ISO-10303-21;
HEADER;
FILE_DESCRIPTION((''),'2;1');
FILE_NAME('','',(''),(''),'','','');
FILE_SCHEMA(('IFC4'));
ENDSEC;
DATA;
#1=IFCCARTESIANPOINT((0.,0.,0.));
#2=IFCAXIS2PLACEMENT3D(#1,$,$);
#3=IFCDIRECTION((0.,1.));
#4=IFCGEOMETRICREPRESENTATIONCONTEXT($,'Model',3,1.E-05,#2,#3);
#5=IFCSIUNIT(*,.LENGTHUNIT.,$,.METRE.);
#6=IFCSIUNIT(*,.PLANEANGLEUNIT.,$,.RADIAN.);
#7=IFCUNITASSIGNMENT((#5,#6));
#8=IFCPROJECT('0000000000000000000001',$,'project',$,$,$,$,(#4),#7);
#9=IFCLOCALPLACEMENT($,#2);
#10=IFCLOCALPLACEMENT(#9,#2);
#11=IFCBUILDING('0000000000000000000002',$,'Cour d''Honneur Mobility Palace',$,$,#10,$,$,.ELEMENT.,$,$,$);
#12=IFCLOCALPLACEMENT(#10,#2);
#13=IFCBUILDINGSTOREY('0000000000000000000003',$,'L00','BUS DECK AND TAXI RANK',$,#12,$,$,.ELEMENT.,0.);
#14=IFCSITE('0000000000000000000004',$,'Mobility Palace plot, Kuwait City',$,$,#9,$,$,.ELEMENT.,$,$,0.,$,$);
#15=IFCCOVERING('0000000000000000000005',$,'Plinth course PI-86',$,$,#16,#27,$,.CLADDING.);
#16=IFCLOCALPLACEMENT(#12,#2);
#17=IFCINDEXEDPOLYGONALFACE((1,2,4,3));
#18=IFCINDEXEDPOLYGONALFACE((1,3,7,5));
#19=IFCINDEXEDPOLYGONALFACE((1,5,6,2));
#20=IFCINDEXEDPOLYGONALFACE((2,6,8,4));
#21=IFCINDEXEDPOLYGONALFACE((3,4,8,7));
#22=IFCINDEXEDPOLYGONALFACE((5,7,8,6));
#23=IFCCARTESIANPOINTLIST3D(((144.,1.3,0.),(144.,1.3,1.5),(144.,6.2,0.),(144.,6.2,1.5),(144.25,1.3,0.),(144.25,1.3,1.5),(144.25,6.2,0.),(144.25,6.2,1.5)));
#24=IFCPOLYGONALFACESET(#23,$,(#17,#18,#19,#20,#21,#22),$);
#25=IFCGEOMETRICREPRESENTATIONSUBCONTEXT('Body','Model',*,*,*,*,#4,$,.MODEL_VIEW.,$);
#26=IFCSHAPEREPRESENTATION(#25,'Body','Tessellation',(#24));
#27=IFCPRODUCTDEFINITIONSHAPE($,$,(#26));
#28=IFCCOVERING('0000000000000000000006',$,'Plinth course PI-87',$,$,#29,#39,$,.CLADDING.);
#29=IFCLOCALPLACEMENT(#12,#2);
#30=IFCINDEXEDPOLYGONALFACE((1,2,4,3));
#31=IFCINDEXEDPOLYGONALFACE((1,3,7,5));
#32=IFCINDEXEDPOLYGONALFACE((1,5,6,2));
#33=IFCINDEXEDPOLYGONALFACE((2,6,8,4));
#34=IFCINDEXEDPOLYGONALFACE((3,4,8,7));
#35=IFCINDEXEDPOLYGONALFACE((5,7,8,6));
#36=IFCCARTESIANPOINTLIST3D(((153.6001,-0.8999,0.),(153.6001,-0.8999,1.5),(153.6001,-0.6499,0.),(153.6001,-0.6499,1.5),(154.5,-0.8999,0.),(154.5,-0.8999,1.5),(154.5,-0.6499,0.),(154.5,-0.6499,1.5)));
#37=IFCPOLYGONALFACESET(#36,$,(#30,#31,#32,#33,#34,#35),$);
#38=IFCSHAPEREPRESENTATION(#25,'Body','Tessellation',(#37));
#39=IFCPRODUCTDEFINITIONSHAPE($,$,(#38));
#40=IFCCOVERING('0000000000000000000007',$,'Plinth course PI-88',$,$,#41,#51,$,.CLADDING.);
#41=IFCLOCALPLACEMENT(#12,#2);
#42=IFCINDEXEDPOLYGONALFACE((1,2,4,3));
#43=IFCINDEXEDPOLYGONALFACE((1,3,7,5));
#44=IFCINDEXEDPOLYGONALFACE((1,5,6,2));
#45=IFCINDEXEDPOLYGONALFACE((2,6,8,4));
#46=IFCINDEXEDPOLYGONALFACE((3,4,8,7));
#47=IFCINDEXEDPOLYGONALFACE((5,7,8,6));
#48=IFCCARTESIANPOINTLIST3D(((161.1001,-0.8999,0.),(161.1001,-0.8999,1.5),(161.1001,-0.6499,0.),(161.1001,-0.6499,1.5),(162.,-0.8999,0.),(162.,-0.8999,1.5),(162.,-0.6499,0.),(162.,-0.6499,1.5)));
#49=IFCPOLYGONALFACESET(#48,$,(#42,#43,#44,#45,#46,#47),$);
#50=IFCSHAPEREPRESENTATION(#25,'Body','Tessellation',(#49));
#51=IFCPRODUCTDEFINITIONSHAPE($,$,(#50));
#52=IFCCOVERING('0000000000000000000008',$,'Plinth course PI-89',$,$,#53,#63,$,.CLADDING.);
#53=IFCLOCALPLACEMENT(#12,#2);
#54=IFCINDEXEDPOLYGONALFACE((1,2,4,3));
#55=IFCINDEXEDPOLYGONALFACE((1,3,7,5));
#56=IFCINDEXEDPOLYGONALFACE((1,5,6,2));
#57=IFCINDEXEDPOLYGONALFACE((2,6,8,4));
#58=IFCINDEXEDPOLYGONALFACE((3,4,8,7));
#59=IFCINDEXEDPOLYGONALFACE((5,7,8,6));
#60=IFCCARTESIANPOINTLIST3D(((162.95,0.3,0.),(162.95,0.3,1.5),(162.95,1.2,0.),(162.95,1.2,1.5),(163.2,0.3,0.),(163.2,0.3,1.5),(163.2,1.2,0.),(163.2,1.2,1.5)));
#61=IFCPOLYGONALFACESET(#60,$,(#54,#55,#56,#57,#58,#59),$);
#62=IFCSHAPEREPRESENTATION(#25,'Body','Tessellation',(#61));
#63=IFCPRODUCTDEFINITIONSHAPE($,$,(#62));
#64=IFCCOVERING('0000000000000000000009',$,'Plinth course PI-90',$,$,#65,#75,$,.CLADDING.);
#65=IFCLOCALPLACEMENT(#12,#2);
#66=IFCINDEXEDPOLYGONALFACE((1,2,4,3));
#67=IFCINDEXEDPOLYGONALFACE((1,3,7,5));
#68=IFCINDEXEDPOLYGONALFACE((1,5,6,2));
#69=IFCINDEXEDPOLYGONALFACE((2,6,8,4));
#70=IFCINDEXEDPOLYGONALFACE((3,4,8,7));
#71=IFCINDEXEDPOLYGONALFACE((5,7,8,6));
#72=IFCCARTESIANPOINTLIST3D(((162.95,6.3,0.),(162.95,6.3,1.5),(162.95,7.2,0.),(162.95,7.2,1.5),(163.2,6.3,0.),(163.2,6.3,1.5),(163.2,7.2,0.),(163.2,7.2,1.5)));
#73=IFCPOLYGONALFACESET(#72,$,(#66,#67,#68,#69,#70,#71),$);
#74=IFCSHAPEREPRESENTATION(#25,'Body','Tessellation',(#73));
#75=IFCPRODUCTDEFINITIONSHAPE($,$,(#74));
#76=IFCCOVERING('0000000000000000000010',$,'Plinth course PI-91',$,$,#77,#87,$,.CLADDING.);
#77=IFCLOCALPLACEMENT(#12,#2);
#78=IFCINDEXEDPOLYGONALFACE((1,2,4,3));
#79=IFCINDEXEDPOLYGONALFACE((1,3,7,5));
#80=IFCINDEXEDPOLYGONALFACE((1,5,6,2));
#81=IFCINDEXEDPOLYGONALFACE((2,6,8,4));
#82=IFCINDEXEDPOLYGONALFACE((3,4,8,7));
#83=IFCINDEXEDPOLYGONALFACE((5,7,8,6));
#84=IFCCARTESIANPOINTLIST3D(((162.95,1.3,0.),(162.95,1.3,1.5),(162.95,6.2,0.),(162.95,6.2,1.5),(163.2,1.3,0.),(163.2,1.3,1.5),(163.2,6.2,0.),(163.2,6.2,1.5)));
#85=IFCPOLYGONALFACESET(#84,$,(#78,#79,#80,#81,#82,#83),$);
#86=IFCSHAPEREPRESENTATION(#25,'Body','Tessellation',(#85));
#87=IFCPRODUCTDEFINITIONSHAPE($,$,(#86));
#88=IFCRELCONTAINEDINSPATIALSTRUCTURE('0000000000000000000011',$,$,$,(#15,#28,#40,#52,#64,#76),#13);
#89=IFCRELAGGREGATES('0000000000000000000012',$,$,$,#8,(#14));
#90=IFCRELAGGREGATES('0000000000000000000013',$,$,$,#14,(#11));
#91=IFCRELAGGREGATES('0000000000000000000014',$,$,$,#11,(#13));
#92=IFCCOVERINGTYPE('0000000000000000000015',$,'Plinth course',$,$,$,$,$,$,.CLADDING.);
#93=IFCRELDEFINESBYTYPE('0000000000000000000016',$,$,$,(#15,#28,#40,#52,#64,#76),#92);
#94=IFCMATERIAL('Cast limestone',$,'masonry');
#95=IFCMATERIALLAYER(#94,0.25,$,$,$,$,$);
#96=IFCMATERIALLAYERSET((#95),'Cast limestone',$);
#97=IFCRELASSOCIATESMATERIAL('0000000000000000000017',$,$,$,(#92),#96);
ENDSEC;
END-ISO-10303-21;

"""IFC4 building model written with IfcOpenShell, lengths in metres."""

from ifc_helpers import new_model, si_unit, direction, origin, place, context, subcontext, project, spatial, polyline, outline, extrude, material, layer, layer_set, type_object, element, save


model = new_model("IFC4")

# Units and contexts
model_context = context("Model", 3, precision=1e-05, world=origin(), true_north=direction((0.0, 1.0)))
body_context = subcontext(model_context, "Body", "Model", "MODEL_VIEW")
ifc_project = project(units=[si_unit("LENGTHUNIT", "METRE"), si_unit("PLANEANGLEUNIT", "RADIAN")], contexts=[model_context])

# Site, building, storey
site_placement = place(None, origin())
site = spatial("IfcSite", under=ifc_project, at=site_placement, Name="Mobility Palace plot, Kuwait City", CompositionType="ELEMENT", RefElevation=0.0)
building_placement = place(site_placement, origin())
building = spatial("IfcBuilding", under=site, at=building_placement, Name="Cour d'Honneur Mobility Palace", CompositionType="ELEMENT")
storey_placement = place(building_placement, origin())
storey = spatial("IfcBuildingStorey", under=building, at=storey_placement, Name="L00", Description="BUS DECK AND TAXI RANK", CompositionType="ELEMENT", Elevation=0.0)

# Coverings
ifc_material = material(Name="Cast limestone", Category="masonry")
ifc_layer = layer(ifc_material, 0.25)
ifc_layer_set = layer_set([ifc_layer], Name="Cast limestone")
covering_type = type_object("IfcCoveringType", Name="Plinth course", PredefinedType="CLADDING", material=ifc_layer_set)
covering_1_placement = place(storey_placement, origin())
element("IfcCovering", 1, at=covering_1_placement, inside=storey, type_object=covering_type, Name="Plinth course PI-86", PredefinedType="CLADDING", context=body_context, shape_type="SweptSolid", body=[
    extrude(outline(polyline([(144.25, 6.2), (144.25, 1.3), (144.0, 1.3), (144.0, 6.2), (144.25, 6.2)])), origin(), (0.0, 0.0, 1.0), 1.5),
])
covering_2_placement = place(storey_placement, origin())
element("IfcCovering", 2, at=covering_2_placement, inside=storey, type_object=covering_type, Name="Plinth course PI-87", PredefinedType="CLADDING", context=body_context, shape_type="SweptSolid", body=[
    extrude(outline(polyline([(153.6001, -0.6499), (154.5, -0.6499), (154.5, -0.8999), (153.6001, -0.8999), (153.6001, -0.6499)])), origin(), (0.0, 0.0, 1.0), 1.5),
])
covering_3_placement = place(storey_placement, origin())
element("IfcCovering", 3, at=covering_3_placement, inside=storey, type_object=covering_type, Name="Plinth course PI-88", PredefinedType="CLADDING", context=body_context, shape_type="SweptSolid", body=[
    extrude(outline(polyline([(161.1001, -0.6499), (162.0, -0.6499), (162.0, -0.8999), (161.1001, -0.8999), (161.1001, -0.6499)])), origin(), (0.0, 0.0, 1.0), 1.5),
])
covering_4_placement = place(storey_placement, origin())
element("IfcCovering", 4, at=covering_4_placement, inside=storey, type_object=covering_type, Name="Plinth course PI-89", PredefinedType="CLADDING", context=body_context, shape_type="SweptSolid", body=[
    extrude(outline(polyline([(162.95, 0.3), (162.95, 1.2), (163.2, 1.2), (163.2, 0.3), (162.95, 0.3)])), origin(), (0.0, 0.0, 1.0), 1.5),
])
covering_5_placement = place(storey_placement, origin())
element("IfcCovering", 5, at=covering_5_placement, inside=storey, type_object=covering_type, Name="Plinth course PI-90", PredefinedType="CLADDING", context=body_context, shape_type="SweptSolid", body=[
    extrude(outline(polyline([(162.95, 6.3), (162.95, 7.2), (163.2, 7.2), (163.2, 6.3), (162.95, 6.3)])), origin(), (0.0, 0.0, 1.0), 1.5),
])
covering_6_placement = place(storey_placement, origin())
element("IfcCovering", 6, at=covering_6_placement, inside=storey, type_object=covering_type, Name="Plinth course PI-91", PredefinedType="CLADDING", context=body_context, shape_type="SweptSolid", body=[
    extrude(outline(polyline([(162.95, 1.3), (162.95, 6.2), (163.2, 6.2), (163.2, 1.3), (162.95, 1.3)])), origin(), (0.0, 0.0, 1.0), 1.5),
])

save(model, "model.ifc")
